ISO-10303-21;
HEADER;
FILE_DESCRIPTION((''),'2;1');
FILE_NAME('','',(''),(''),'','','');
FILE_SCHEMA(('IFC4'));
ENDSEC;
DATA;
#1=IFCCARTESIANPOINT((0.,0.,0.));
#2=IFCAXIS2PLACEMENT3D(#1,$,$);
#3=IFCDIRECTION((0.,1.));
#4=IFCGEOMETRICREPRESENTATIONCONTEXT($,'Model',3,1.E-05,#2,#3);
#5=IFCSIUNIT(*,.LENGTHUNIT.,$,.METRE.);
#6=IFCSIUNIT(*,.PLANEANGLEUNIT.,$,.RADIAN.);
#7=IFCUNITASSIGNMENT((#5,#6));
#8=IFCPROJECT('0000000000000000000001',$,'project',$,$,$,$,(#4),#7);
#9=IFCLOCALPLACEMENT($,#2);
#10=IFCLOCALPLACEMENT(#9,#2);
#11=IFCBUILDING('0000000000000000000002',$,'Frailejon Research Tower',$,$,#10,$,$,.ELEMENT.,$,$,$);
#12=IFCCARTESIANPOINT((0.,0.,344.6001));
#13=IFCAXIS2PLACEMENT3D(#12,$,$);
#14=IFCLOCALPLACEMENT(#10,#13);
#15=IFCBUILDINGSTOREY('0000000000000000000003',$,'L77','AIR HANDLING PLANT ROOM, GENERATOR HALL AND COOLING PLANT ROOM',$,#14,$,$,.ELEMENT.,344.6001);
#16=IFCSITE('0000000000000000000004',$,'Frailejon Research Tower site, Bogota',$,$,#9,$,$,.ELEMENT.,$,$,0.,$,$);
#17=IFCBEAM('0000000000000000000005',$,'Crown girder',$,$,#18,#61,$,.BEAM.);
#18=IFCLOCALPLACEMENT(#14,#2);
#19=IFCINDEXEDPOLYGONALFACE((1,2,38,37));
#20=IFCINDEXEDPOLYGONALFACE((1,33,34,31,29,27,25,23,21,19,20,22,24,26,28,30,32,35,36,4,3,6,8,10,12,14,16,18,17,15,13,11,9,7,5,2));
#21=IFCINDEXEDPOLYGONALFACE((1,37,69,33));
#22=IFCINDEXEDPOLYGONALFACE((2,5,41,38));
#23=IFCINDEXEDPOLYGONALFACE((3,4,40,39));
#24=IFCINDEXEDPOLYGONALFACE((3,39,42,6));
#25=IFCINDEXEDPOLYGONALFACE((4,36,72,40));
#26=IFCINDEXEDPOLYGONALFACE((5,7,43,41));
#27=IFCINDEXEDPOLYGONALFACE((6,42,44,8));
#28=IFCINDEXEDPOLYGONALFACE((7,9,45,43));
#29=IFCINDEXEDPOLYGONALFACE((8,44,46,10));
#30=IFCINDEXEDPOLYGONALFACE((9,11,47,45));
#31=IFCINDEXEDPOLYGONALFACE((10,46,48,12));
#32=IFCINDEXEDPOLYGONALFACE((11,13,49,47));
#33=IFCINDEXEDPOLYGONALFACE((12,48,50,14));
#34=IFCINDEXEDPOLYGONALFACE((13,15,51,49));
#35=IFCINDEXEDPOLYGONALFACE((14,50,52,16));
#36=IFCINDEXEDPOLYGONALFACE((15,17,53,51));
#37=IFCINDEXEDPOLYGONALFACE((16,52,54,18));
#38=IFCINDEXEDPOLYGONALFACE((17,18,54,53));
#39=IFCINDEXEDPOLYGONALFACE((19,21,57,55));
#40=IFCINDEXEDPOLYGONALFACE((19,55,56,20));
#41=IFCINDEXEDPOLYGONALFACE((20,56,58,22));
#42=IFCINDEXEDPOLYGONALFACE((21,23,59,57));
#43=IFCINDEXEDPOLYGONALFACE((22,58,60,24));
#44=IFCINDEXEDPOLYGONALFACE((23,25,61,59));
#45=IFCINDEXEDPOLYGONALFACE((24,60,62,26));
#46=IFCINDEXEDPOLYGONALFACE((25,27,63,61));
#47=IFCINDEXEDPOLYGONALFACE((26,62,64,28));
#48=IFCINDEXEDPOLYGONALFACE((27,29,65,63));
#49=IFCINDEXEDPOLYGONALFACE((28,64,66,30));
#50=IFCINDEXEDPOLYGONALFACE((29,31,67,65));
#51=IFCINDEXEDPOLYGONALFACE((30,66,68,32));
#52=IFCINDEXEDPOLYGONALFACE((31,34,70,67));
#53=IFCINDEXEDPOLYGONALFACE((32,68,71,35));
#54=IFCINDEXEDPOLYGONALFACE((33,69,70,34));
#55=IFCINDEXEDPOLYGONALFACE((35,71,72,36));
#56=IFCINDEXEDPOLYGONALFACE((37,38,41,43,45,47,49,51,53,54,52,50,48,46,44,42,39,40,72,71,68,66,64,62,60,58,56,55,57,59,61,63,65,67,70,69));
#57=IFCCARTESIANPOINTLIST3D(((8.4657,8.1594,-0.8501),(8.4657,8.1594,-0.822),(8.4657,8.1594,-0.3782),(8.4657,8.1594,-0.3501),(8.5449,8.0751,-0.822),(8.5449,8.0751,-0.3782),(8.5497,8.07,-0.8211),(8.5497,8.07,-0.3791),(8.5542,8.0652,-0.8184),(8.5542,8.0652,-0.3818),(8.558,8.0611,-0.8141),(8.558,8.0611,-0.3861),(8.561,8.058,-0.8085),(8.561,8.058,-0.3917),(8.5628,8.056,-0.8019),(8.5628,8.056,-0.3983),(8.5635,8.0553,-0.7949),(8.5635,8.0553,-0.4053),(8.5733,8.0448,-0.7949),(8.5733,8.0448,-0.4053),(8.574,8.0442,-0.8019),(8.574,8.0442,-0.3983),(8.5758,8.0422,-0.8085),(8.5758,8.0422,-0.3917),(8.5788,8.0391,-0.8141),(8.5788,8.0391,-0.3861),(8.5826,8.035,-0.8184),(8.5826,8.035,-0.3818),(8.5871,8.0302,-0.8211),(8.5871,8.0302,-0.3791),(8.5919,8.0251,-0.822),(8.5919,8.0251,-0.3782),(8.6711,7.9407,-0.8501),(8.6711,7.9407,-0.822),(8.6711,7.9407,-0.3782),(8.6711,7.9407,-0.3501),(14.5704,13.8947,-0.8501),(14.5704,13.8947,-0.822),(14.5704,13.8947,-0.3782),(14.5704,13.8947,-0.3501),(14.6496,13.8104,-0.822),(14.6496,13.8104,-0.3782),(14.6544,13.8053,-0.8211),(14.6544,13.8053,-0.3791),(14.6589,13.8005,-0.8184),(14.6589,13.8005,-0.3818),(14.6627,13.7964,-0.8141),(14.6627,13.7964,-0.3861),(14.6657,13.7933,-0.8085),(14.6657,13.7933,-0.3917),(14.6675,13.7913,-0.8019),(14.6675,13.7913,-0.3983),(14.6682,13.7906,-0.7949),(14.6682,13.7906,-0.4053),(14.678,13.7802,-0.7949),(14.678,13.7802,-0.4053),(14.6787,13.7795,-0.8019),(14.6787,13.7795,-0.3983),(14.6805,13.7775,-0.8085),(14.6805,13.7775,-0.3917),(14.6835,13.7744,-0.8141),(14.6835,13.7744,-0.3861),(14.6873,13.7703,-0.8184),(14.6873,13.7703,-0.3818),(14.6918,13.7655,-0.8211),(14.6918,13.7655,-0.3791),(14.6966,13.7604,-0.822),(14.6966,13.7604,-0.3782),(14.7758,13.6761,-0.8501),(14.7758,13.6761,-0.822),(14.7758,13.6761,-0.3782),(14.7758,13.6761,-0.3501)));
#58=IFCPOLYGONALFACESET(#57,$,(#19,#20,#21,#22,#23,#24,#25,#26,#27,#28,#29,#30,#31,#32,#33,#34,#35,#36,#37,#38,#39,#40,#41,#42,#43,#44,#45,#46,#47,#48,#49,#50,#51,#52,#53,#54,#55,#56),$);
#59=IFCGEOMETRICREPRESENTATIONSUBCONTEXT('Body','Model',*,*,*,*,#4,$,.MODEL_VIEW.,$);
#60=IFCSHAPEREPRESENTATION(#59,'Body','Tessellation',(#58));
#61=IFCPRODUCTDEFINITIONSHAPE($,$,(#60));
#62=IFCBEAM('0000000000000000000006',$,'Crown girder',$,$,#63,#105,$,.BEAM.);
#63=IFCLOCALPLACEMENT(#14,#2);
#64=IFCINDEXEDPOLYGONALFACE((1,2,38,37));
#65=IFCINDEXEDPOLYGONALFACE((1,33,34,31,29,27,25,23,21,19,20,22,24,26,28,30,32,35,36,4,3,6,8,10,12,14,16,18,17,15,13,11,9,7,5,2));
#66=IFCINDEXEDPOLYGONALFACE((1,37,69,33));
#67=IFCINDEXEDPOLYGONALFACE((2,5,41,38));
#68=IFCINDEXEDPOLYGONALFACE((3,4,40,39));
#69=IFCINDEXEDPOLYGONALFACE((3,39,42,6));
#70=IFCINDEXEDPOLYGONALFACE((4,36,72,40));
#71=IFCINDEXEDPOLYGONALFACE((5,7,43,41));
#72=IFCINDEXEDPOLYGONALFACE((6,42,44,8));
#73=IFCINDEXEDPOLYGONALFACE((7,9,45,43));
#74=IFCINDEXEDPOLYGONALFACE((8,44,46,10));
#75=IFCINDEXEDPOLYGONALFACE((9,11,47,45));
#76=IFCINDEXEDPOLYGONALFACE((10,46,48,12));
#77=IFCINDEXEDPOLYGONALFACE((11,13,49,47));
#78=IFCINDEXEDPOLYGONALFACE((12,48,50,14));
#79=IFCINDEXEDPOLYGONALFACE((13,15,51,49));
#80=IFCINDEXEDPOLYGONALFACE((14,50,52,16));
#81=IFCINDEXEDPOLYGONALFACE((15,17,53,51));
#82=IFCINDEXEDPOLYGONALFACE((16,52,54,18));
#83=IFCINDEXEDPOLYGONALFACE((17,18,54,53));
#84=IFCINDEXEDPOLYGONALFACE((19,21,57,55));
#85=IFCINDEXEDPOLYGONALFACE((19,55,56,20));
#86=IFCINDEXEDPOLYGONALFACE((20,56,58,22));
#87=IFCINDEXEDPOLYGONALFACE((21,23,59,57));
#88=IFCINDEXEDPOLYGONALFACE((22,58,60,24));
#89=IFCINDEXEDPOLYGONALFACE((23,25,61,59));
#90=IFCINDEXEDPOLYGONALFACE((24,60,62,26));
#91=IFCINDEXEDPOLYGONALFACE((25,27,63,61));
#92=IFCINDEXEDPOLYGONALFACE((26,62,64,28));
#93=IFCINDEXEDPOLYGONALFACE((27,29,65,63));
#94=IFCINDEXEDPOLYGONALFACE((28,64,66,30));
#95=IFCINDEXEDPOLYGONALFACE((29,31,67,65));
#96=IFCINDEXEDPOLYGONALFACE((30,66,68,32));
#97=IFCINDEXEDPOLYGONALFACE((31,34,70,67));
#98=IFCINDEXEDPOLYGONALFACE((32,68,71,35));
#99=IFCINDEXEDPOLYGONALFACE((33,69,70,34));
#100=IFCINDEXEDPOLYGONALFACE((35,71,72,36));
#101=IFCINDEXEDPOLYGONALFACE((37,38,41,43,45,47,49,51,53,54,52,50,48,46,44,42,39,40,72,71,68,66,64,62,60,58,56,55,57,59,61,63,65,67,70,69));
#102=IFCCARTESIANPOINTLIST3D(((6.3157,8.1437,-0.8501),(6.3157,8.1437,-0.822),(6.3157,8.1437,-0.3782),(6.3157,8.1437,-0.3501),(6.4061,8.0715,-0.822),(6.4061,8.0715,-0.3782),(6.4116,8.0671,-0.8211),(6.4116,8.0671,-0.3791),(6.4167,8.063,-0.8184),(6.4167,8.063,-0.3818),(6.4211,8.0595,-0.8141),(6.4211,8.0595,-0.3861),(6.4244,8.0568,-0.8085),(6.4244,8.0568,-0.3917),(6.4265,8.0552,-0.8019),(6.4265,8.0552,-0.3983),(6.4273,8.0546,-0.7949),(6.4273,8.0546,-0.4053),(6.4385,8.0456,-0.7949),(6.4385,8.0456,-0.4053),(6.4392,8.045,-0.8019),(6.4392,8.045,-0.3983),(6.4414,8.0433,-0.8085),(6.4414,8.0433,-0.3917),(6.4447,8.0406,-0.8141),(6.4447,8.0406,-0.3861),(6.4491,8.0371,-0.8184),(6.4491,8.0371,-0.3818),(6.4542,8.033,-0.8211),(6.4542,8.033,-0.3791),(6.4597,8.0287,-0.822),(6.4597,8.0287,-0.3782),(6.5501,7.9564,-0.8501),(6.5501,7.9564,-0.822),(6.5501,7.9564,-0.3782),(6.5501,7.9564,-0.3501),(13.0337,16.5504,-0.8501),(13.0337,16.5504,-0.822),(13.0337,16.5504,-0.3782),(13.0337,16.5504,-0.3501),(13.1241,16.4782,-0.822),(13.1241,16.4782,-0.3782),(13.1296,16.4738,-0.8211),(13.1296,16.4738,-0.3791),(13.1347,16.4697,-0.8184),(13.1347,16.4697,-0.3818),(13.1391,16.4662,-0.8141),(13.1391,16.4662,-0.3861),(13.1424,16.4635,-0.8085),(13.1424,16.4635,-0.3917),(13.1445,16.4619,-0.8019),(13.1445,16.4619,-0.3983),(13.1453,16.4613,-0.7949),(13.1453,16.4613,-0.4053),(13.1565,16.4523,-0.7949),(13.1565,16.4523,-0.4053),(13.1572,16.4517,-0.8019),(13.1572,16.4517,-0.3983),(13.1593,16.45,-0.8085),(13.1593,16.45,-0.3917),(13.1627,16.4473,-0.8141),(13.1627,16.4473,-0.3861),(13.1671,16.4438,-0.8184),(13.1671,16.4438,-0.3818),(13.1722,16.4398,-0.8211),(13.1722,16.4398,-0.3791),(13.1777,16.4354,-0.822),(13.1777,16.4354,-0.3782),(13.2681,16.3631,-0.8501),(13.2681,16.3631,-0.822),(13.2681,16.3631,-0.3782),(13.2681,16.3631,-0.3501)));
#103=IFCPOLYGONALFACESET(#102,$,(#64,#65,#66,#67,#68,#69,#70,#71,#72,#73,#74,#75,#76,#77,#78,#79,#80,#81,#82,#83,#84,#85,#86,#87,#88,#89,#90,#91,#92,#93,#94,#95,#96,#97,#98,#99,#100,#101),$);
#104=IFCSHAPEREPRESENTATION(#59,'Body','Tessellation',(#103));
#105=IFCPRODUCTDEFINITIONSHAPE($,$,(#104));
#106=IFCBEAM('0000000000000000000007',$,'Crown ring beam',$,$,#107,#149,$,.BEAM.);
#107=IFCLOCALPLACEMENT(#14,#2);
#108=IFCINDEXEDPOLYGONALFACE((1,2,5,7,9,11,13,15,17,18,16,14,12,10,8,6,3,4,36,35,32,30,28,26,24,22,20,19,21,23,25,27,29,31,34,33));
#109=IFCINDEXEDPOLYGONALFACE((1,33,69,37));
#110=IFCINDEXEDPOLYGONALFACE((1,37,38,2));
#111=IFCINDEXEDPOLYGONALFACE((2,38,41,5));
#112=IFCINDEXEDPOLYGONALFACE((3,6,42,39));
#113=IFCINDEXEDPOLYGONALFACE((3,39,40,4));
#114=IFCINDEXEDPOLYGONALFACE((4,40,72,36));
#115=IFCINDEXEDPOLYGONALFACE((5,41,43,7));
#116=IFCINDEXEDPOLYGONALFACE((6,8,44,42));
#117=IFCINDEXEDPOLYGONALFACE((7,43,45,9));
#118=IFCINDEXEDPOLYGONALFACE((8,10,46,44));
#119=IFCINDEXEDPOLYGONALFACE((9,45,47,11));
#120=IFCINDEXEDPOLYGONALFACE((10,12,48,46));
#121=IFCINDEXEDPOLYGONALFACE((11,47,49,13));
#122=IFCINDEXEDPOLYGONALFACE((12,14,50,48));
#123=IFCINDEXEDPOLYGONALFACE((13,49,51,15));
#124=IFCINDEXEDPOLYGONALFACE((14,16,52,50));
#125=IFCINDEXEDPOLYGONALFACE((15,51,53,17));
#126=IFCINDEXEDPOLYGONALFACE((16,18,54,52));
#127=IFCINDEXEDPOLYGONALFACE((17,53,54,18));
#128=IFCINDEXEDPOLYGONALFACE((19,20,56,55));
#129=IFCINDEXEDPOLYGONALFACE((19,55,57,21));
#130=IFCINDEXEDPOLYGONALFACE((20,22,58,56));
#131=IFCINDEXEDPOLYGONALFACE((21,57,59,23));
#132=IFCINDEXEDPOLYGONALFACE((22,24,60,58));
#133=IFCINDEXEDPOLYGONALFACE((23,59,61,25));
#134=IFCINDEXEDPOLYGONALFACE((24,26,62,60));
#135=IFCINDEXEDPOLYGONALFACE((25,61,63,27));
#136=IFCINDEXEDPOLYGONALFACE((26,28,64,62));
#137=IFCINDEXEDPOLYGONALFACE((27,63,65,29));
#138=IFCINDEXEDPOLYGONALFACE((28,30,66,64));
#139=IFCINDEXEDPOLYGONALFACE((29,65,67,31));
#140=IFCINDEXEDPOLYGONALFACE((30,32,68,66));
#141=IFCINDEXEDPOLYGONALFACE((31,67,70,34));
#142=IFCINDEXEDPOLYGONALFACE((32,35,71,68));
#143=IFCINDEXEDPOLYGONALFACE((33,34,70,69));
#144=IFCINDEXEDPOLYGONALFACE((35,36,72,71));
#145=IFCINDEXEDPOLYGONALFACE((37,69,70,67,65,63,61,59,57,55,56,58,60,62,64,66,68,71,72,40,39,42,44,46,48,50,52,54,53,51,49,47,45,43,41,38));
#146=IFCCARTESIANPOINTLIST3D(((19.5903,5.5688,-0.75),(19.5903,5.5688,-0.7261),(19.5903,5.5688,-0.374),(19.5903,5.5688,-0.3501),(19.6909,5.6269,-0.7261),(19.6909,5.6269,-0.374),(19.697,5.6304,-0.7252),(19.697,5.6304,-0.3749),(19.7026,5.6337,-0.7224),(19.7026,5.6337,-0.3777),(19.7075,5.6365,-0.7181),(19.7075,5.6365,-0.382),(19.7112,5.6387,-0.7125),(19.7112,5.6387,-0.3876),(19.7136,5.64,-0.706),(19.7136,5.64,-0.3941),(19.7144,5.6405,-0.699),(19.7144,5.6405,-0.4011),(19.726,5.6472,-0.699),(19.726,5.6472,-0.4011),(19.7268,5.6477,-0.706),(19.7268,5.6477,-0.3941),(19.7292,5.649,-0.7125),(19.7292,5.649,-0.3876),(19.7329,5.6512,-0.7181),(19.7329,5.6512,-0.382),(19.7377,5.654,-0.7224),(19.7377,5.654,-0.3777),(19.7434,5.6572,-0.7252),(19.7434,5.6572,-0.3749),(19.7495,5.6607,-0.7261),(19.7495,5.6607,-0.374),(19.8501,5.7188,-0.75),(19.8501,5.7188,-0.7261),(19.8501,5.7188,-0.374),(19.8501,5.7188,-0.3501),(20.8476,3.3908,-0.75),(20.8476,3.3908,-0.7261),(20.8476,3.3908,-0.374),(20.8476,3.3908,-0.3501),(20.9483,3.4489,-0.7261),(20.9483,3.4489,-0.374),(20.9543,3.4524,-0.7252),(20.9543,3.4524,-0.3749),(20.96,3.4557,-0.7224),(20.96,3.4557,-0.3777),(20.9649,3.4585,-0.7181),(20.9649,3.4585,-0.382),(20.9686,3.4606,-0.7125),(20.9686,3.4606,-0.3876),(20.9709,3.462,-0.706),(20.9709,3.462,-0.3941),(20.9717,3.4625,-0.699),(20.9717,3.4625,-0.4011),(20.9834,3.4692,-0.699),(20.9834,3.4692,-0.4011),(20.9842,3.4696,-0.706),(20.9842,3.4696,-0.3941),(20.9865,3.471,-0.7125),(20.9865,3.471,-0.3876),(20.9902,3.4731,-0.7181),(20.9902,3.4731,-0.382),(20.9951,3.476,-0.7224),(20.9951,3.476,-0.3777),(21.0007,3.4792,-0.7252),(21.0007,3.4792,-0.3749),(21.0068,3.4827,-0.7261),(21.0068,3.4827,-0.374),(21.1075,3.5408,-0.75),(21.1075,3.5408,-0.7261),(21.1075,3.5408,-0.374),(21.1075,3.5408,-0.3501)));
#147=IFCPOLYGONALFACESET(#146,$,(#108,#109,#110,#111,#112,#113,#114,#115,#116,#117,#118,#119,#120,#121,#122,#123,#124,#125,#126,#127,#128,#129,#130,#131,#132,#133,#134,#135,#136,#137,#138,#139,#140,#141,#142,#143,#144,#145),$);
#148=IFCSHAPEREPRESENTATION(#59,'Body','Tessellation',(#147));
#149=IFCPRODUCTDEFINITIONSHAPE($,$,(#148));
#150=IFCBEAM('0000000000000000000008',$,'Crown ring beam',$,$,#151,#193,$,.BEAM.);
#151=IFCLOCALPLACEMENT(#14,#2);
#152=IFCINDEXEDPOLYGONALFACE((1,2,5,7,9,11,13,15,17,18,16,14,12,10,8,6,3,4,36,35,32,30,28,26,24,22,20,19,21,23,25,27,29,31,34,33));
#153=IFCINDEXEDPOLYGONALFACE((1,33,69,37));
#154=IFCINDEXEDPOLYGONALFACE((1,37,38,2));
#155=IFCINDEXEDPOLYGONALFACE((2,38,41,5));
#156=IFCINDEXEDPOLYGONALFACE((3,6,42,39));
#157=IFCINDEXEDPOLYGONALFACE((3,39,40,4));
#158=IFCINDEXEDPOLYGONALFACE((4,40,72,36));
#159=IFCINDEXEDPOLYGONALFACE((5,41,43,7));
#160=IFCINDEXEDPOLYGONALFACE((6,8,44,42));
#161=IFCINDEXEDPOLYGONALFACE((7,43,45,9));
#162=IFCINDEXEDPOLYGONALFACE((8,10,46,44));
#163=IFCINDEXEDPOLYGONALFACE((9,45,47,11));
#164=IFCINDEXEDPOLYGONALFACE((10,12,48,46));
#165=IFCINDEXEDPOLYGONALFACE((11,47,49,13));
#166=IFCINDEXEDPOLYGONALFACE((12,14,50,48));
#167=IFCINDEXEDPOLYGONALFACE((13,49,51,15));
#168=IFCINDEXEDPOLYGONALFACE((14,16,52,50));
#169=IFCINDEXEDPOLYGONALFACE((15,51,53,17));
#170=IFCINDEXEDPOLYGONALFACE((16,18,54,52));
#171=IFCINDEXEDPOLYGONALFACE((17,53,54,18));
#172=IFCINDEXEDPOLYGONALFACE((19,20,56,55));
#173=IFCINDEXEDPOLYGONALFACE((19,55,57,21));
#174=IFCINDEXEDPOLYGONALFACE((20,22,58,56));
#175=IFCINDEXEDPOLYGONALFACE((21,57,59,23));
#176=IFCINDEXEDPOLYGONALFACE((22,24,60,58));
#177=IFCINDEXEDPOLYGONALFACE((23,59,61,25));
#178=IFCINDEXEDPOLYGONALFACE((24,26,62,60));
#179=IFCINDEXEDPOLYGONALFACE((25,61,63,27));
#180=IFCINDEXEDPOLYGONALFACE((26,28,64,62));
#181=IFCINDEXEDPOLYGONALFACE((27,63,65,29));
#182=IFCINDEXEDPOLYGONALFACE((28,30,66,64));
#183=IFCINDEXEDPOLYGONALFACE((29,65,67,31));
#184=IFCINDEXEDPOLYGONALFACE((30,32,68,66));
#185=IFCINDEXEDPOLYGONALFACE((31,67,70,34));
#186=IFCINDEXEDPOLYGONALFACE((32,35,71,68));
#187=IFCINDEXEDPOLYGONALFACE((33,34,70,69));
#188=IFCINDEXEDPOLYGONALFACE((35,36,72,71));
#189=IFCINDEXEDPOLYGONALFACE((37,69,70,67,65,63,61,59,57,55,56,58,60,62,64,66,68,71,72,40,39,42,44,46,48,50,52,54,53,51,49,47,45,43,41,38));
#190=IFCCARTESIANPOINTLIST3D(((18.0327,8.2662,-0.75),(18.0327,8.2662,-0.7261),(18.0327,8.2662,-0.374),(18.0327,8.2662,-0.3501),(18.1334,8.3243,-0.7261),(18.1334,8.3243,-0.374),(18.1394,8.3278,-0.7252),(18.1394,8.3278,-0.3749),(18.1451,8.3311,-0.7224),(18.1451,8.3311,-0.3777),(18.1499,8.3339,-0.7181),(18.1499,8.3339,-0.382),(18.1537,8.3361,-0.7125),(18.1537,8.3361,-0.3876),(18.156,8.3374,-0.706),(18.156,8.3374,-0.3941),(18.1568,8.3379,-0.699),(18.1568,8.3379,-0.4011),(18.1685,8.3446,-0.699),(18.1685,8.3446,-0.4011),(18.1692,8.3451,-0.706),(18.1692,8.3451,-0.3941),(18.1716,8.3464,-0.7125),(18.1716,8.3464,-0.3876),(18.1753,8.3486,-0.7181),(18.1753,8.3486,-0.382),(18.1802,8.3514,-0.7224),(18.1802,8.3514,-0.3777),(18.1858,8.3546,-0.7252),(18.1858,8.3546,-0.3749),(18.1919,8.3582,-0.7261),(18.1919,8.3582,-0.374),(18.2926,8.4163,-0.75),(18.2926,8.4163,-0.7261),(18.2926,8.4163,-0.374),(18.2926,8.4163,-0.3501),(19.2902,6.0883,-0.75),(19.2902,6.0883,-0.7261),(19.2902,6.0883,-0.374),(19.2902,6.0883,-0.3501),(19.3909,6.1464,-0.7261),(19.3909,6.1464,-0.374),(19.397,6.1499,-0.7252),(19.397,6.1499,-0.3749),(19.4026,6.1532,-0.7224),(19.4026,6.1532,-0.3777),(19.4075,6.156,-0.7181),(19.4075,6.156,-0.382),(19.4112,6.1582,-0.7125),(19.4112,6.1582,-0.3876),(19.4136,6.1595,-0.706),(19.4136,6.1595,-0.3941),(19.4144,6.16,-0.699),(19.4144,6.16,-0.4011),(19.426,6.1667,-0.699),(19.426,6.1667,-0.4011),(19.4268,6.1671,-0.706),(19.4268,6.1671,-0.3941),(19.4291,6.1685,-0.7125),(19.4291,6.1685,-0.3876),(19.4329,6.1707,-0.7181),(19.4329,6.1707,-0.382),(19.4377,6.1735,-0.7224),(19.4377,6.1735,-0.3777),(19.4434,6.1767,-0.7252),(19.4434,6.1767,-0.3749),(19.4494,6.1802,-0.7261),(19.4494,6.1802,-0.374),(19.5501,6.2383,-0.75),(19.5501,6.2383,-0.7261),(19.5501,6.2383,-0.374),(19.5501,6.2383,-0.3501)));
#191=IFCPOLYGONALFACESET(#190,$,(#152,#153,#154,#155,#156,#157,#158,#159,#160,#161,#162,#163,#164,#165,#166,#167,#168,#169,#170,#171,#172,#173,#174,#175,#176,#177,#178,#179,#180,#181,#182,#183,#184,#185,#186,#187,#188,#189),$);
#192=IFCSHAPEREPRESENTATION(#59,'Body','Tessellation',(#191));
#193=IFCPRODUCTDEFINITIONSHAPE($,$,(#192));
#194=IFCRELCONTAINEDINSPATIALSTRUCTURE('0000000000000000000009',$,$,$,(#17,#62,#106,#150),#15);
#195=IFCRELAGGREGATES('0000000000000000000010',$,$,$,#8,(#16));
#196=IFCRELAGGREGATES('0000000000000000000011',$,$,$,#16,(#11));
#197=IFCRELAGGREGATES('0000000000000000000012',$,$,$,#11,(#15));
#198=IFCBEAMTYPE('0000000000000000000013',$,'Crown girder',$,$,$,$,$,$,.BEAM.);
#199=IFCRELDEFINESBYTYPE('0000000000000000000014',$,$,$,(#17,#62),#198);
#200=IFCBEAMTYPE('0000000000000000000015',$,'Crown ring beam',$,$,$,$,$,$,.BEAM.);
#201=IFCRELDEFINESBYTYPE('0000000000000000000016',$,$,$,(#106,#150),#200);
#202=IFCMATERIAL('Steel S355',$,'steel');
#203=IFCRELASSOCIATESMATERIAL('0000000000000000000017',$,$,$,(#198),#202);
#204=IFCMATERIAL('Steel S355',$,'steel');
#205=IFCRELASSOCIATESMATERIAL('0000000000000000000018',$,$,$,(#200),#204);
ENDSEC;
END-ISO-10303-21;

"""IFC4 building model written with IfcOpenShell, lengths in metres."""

from ifc_helpers import new_model, si_unit, direction, frame, origin, origin_2d, place, context, subcontext, project, spatial, i_section, extrude, material, material_profile, profile_set, type_object, element, save


model = new_model("IFC4")

# Units and contexts
model_context = context("Model", 3, precision=1e-05, world=origin(), true_north=direction((0.0, 1.0)))
body_context = subcontext(model_context, "Body", "Model", "MODEL_VIEW")
ifc_project = project(units=[si_unit("LENGTHUNIT", "METRE"), si_unit("PLANEANGLEUNIT", "RADIAN")], contexts=[model_context])

# Site, building, storey
site_placement = place(None, origin())
site = spatial("IfcSite", under=ifc_project, at=site_placement, Name="Frailejon Research Tower site, Bogota", CompositionType="ELEMENT", RefElevation=0.0)
building_placement = place(site_placement, origin())
building = spatial("IfcBuilding", under=site, at=building_placement, Name="Frailejon Research Tower", CompositionType="ELEMENT")
storey_placement = place(building_placement, frame((0.0, 0.0, 344.6001)))
storey = spatial("IfcBuildingStorey", under=building, at=storey_placement, Name="L77", Description="AIR HANDLING PLANT ROOM, GENERATOR HALL AND COOLING PLANT ROOM", CompositionType="ELEMENT", Elevation=344.6001)

# Beams
ifc_material_1 = material(Name="Steel S355", Category="steel")
ifc_material_profile_1 = material_profile(ifc_material_1, i_section(OverallWidth=0.3, OverallDepth=0.5, WebThickness=0.0144, FlangeThickness=0.0281, FilletRadius=0.0271, at=origin_2d()), Name="HE 500 B")
ifc_profile_set_1 = profile_set([ifc_material_profile_1], Name="Steel S355")
beam_type_1 = type_object("IfcBeamType", Name="Crown girder", PredefinedType="BEAM", material=ifc_profile_set_1)
beam_1_placement = place(storey_placement, frame((14.6731, 13.7854, -0.6001), z_axis=(-0.728812, -0.684713, 0.0), x_axis=(0.684713, -0.728812, 0.0)))
element("IfcBeam", 1, at=beam_1_placement, inside=storey, type_object=beam_type_1, Name="Crown girder", PredefinedType="BEAM", context=body_context, shape_type="SweptSolid", body=[
    extrude(i_section(OverallWidth=0.3, OverallDepth=0.5, WebThickness=0.0144, FlangeThickness=0.0281, FilletRadius=0.0271, at=origin_2d()), origin(), (0.0, 0.0, 1.0), 8.3762),
])
beam_2_placement = place(storey_placement, frame((13.1509, 16.4568, -0.6001), z_axis=(-0.624277, -0.781203, 0.0), x_axis=(0.781203, -0.624277, 0.0)))
element("IfcBeam", 2, at=beam_2_placement, inside=storey, type_object=beam_type_1, Name="Crown girder", PredefinedType="BEAM", context=body_context, shape_type="SweptSolid", body=[
    extrude(i_section(OverallWidth=0.3, OverallDepth=0.5, WebThickness=0.0144, FlangeThickness=0.0281, FilletRadius=0.0271, at=origin_2d()), origin(), (0.0, 0.0, 1.0), 10.7612),
])
ifc_material_2 = material(Name="Steel S355", Category="steel")
ifc_material_profile_2 = material_profile(ifc_material_2, i_section(OverallWidth=0.3, OverallDepth=0.3999, WebThickness=0.0134, FlangeThickness=0.0239, FilletRadius=0.0271, at=origin_2d()), Name="HE 400 B")
ifc_profile_set_2 = profile_set([ifc_material_profile_2], Name="Steel S355")
beam_type_2 = type_object("IfcBeamType", Name="Crown ring beam", PredefinedType="BEAM", material=ifc_profile_set_2)
for number, where, z_axis, x_axis, name in (
    (3, (20.9775, 3.4658, -0.55), (-0.499961, 0.866048, 0.0), (-0.866048, -0.499961, 0.0), "Crown ring beam"),
    (4, (19.4202, 6.1633, -0.55), (-0.500033, 0.866006, 0.0), (-0.866006, -0.500033, 0.0), "Crown ring beam"),
):
    element("IfcBeam", number, at=place(storey_placement, frame(where, z_axis=z_axis, x_axis=x_axis)), inside=storey, type_object=beam_type_2, Name=name, PredefinedType="BEAM", context=body_context, shape_type="SweptSolid", body=[
        extrude(i_section(OverallWidth=0.3, OverallDepth=0.3999, WebThickness=0.0134, FlangeThickness=0.0239, FilletRadius=0.0271, at=origin_2d()), origin(), (0.0, 0.0, 1.0), 2.5149),
    ])

save(model, "model.ifc")
